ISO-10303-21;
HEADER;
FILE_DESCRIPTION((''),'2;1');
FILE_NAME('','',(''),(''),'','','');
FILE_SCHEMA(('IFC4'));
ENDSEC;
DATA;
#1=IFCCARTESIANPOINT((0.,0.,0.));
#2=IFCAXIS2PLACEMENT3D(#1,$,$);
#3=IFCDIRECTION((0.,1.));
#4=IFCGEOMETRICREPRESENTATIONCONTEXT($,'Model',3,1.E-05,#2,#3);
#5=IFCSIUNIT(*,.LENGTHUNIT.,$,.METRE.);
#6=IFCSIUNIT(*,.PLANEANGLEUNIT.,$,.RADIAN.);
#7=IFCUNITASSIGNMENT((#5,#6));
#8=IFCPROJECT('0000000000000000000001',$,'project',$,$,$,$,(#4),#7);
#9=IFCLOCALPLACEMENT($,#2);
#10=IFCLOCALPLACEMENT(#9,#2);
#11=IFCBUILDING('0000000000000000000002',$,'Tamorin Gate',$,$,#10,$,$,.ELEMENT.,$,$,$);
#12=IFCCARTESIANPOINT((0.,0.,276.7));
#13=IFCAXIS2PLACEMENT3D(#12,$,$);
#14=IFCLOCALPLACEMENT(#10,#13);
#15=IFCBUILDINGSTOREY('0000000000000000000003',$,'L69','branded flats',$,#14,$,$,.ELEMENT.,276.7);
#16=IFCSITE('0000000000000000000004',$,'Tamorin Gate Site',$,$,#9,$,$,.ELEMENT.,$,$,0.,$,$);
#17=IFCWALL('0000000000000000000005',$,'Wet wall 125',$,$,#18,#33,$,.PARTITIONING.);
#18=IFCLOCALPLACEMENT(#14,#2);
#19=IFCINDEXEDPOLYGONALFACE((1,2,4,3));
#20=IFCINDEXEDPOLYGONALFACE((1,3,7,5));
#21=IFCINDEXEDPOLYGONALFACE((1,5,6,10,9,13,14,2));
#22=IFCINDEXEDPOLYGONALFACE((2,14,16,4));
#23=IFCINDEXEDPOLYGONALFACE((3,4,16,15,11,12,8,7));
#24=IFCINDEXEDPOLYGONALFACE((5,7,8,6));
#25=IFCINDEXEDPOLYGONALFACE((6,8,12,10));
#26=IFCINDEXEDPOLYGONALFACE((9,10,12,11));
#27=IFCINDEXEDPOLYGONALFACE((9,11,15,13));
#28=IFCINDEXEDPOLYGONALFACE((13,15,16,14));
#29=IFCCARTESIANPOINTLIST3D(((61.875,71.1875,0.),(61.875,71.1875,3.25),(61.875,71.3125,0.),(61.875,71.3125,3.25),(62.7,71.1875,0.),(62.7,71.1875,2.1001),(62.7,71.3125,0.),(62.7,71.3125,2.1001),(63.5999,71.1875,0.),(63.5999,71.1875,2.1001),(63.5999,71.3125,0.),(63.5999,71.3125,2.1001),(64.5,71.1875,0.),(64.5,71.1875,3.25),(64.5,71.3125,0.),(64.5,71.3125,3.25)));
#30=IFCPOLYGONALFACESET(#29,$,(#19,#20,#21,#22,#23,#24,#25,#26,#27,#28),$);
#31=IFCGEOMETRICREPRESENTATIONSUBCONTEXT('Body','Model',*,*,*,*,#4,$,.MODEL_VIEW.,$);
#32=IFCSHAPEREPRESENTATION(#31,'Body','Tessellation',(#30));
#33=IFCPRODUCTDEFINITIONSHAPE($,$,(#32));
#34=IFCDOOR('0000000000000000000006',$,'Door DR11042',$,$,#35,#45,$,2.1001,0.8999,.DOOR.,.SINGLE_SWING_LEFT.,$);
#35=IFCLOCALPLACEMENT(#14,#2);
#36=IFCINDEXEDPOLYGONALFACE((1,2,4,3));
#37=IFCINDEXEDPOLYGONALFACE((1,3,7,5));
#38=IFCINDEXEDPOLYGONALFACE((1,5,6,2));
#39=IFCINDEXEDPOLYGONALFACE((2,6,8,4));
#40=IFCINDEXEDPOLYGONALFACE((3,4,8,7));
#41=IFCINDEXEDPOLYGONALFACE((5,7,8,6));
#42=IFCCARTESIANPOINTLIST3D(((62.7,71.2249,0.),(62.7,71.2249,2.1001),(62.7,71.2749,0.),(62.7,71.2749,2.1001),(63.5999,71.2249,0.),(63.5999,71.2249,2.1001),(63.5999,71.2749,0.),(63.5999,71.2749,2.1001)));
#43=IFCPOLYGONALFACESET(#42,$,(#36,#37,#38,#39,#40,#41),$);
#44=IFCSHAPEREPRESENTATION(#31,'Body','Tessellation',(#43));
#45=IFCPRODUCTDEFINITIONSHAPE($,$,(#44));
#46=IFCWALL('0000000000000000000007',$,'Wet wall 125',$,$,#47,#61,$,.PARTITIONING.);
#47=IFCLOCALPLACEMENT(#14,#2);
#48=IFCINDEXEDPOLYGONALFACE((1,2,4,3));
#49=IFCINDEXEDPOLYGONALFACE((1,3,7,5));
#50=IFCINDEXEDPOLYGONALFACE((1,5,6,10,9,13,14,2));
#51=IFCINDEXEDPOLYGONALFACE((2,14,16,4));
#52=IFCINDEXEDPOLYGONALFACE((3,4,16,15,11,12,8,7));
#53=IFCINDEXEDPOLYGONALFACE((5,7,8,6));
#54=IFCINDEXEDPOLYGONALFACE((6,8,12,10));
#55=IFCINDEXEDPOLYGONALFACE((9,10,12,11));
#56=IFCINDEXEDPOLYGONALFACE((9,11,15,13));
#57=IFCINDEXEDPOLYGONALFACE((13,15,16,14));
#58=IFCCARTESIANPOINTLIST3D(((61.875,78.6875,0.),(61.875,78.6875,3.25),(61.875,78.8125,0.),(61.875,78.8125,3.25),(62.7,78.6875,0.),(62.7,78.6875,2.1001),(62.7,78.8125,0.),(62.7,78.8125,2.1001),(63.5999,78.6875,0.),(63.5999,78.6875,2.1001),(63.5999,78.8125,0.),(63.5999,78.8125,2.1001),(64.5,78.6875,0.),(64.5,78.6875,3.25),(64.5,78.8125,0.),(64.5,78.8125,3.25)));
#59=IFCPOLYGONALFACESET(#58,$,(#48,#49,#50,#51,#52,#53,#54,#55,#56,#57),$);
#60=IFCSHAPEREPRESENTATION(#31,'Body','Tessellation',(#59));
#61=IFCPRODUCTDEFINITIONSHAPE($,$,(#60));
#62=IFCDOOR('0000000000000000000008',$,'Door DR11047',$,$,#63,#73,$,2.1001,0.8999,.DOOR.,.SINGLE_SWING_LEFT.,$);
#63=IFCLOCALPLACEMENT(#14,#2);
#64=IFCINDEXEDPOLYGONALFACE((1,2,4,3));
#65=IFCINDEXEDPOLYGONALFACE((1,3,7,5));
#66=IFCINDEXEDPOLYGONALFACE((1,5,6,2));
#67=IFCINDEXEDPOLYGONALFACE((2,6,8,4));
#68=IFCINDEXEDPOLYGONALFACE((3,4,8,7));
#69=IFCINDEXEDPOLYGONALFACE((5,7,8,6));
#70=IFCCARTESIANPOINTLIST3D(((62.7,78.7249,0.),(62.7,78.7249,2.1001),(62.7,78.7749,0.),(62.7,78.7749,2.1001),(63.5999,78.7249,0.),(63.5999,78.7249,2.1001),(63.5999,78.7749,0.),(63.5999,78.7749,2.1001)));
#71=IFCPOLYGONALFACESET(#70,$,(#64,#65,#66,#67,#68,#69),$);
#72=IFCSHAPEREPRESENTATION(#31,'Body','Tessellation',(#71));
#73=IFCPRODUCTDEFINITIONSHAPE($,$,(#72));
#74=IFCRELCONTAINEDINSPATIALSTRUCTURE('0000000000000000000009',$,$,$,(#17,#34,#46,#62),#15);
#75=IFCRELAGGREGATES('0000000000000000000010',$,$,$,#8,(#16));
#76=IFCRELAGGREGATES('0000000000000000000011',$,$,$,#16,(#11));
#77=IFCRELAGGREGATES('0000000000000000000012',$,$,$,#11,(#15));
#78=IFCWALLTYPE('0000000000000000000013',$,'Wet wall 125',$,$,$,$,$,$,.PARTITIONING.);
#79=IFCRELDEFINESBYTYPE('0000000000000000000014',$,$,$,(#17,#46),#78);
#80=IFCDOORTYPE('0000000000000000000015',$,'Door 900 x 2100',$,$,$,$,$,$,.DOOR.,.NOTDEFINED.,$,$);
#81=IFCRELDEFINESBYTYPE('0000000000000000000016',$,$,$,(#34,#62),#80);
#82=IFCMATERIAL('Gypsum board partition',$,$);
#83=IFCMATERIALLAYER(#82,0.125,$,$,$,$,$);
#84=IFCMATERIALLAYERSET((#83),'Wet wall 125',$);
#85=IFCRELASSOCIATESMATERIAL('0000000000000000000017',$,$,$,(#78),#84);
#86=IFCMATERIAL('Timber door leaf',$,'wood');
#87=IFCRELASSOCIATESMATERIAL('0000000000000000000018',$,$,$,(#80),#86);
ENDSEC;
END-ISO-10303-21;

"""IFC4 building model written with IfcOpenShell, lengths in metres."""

from ifc_helpers import new_model, si_unit, direction, frame, frame_2d, origin, place, context, subcontext, project, spatial, rectangle, extrude, material, layer, layer_set, type_object, element, fill, save


model = new_model("IFC4")

# Units and contexts
model_context = context("Model", 3, precision=1e-05, world=origin(), true_north=direction((0.0, 1.0)))
body_context = subcontext(model_context, "Body", "Model", "MODEL_VIEW")
ifc_project = project(units=[si_unit("LENGTHUNIT", "METRE"), si_unit("PLANEANGLEUNIT", "RADIAN")], contexts=[model_context])

# Site, building, storey
site_placement = place(None, origin())
site = spatial("IfcSite", under=ifc_project, at=site_placement, Name="Tamorin Gate Site", CompositionType="ELEMENT", RefElevation=0.0)
building_placement = place(site_placement, origin())
building = spatial("IfcBuilding", under=site, at=building_placement, Name="Tamorin Gate", CompositionType="ELEMENT")
storey_placement = place(building_placement, frame((0.0, 0.0, 276.7)))
storey = spatial("IfcBuildingStorey", under=building, at=storey_placement, Name="L69", Description="branded flats", CompositionType="ELEMENT", Elevation=276.7)

# Shared definitions
ifc_material_1 = material(Name="Gypsum board partition")

# Walls, openings, doors
ifc_layer_1 = layer(ifc_material_1, 0.125)
ifc_layer_set_1 = layer_set([ifc_layer_1], Name="Wet wall 125")
wall_type_1 = type_object("IfcWallType", Name="Wet wall 125", PredefinedType="PARTITIONING", material=ifc_layer_set_1)
ifc_material_2 = material(Name="Timber door leaf", Category="wood")
door_type_1 = type_object("IfcDoorType", Name="Door 900 x 2100", OperationType="NOTDEFINED", PredefinedType="DOOR", material=ifc_material_2)
wall_1_placement = place(storey_placement, frame((61.875, 71.25, 0.0), z_axis=(0.0, 0.0, 1.0), x_axis=(1.0, 0.0, 0.0)))
wall_1 = element("IfcWall", 1, at=wall_1_placement, inside=storey, type_object=wall_type_1, Name="Wet wall 125", PredefinedType="PARTITIONING", context=body_context, shape_type="SweptSolid", body=[
    extrude(rectangle(XDim=2.625, YDim=0.125, at=frame_2d((1.3125, 0.0))), origin(), (0.0, 0.0, 1.0), 3.25),
])
opening_1_placement = place(wall_1_placement, frame((0.825, 0.0, 0.0)))
opening_1 = element("IfcOpeningElement", 2, at=opening_1_placement, cuts=wall_1, PredefinedType="OPENING", context=body_context, shape_type="SweptSolid", body=[
    extrude(rectangle(XDim=0.8999, YDim=2.1001, at=frame_2d((0.45, 1.05))), frame((0.0, 0.0725, 0.0), z_axis=(0.0, -1.0, 0.0), x_axis=(1.0, 0.0, 0.0)), (0.0, 0.0, 1.0), 0.145),
])
door_1_placement = place(opening_1_placement, origin())
door_1 = element("IfcDoor", 3, at=door_1_placement, inside=storey, type_object=door_type_1, Name="Door DR11042", OperationType="SINGLE_SWING_LEFT", OverallHeight=2.1001, OverallWidth=0.8999, PredefinedType="DOOR", context=body_context, shape_type="SweptSolid", body=[
    extrude(rectangle(XDim=0.8999, YDim=2.1001, at=frame_2d((0.45, 1.05))), frame((0.0, 0.0249, 0.0), z_axis=(0.0, -1.0, 0.0), x_axis=(1.0, 0.0, 0.0)), (0.0, 0.0, 1.0), 0.05),
])
fill(opening_1, door_1)
wall_2_placement = place(storey_placement, frame((61.875, 78.75, 0.0), z_axis=(0.0, 0.0, 1.0), x_axis=(1.0, 0.0, 0.0)))
wall_2 = element("IfcWall", 4, at=wall_2_placement, inside=storey, type_object=wall_type_1, Name="Wet wall 125", PredefinedType="PARTITIONING", context=body_context, shape_type="SweptSolid", body=[
    extrude(rectangle(XDim=2.625, YDim=0.125, at=frame_2d((1.3125, 0.0))), origin(), (0.0, 0.0, 1.0), 3.25),
])
opening_2_placement = place(wall_2_placement, frame((0.825, 0.0, 0.0)))
opening_2 = element("IfcOpeningElement", 5, at=opening_2_placement, cuts=wall_2, PredefinedType="OPENING", context=body_context, shape_type="SweptSolid", body=[
    extrude(rectangle(XDim=0.8999, YDim=2.1001, at=frame_2d((0.45, 1.05))), frame((0.0, 0.0725, 0.0), z_axis=(0.0, -1.0, 0.0), x_axis=(1.0, 0.0, 0.0)), (0.0, 0.0, 1.0), 0.145),
])
door_2_placement = place(opening_2_placement, origin())
door_2 = element("IfcDoor", 6, at=door_2_placement, inside=storey, type_object=door_type_1, Name="Door DR11047", OperationType="SINGLE_SWING_LEFT", OverallHeight=2.1001, OverallWidth=0.8999, PredefinedType="DOOR", context=body_context, shape_type="SweptSolid", body=[
    extrude(rectangle(XDim=0.8999, YDim=2.1001, at=frame_2d((0.45, 1.05))), frame((0.0, 0.0249, 0.0), z_axis=(0.0, -1.0, 0.0), x_axis=(1.0, 0.0, 0.0)), (0.0, 0.0, 1.0), 0.05),
])
fill(opening_2, door_2)

save(model, "model.ifc")
